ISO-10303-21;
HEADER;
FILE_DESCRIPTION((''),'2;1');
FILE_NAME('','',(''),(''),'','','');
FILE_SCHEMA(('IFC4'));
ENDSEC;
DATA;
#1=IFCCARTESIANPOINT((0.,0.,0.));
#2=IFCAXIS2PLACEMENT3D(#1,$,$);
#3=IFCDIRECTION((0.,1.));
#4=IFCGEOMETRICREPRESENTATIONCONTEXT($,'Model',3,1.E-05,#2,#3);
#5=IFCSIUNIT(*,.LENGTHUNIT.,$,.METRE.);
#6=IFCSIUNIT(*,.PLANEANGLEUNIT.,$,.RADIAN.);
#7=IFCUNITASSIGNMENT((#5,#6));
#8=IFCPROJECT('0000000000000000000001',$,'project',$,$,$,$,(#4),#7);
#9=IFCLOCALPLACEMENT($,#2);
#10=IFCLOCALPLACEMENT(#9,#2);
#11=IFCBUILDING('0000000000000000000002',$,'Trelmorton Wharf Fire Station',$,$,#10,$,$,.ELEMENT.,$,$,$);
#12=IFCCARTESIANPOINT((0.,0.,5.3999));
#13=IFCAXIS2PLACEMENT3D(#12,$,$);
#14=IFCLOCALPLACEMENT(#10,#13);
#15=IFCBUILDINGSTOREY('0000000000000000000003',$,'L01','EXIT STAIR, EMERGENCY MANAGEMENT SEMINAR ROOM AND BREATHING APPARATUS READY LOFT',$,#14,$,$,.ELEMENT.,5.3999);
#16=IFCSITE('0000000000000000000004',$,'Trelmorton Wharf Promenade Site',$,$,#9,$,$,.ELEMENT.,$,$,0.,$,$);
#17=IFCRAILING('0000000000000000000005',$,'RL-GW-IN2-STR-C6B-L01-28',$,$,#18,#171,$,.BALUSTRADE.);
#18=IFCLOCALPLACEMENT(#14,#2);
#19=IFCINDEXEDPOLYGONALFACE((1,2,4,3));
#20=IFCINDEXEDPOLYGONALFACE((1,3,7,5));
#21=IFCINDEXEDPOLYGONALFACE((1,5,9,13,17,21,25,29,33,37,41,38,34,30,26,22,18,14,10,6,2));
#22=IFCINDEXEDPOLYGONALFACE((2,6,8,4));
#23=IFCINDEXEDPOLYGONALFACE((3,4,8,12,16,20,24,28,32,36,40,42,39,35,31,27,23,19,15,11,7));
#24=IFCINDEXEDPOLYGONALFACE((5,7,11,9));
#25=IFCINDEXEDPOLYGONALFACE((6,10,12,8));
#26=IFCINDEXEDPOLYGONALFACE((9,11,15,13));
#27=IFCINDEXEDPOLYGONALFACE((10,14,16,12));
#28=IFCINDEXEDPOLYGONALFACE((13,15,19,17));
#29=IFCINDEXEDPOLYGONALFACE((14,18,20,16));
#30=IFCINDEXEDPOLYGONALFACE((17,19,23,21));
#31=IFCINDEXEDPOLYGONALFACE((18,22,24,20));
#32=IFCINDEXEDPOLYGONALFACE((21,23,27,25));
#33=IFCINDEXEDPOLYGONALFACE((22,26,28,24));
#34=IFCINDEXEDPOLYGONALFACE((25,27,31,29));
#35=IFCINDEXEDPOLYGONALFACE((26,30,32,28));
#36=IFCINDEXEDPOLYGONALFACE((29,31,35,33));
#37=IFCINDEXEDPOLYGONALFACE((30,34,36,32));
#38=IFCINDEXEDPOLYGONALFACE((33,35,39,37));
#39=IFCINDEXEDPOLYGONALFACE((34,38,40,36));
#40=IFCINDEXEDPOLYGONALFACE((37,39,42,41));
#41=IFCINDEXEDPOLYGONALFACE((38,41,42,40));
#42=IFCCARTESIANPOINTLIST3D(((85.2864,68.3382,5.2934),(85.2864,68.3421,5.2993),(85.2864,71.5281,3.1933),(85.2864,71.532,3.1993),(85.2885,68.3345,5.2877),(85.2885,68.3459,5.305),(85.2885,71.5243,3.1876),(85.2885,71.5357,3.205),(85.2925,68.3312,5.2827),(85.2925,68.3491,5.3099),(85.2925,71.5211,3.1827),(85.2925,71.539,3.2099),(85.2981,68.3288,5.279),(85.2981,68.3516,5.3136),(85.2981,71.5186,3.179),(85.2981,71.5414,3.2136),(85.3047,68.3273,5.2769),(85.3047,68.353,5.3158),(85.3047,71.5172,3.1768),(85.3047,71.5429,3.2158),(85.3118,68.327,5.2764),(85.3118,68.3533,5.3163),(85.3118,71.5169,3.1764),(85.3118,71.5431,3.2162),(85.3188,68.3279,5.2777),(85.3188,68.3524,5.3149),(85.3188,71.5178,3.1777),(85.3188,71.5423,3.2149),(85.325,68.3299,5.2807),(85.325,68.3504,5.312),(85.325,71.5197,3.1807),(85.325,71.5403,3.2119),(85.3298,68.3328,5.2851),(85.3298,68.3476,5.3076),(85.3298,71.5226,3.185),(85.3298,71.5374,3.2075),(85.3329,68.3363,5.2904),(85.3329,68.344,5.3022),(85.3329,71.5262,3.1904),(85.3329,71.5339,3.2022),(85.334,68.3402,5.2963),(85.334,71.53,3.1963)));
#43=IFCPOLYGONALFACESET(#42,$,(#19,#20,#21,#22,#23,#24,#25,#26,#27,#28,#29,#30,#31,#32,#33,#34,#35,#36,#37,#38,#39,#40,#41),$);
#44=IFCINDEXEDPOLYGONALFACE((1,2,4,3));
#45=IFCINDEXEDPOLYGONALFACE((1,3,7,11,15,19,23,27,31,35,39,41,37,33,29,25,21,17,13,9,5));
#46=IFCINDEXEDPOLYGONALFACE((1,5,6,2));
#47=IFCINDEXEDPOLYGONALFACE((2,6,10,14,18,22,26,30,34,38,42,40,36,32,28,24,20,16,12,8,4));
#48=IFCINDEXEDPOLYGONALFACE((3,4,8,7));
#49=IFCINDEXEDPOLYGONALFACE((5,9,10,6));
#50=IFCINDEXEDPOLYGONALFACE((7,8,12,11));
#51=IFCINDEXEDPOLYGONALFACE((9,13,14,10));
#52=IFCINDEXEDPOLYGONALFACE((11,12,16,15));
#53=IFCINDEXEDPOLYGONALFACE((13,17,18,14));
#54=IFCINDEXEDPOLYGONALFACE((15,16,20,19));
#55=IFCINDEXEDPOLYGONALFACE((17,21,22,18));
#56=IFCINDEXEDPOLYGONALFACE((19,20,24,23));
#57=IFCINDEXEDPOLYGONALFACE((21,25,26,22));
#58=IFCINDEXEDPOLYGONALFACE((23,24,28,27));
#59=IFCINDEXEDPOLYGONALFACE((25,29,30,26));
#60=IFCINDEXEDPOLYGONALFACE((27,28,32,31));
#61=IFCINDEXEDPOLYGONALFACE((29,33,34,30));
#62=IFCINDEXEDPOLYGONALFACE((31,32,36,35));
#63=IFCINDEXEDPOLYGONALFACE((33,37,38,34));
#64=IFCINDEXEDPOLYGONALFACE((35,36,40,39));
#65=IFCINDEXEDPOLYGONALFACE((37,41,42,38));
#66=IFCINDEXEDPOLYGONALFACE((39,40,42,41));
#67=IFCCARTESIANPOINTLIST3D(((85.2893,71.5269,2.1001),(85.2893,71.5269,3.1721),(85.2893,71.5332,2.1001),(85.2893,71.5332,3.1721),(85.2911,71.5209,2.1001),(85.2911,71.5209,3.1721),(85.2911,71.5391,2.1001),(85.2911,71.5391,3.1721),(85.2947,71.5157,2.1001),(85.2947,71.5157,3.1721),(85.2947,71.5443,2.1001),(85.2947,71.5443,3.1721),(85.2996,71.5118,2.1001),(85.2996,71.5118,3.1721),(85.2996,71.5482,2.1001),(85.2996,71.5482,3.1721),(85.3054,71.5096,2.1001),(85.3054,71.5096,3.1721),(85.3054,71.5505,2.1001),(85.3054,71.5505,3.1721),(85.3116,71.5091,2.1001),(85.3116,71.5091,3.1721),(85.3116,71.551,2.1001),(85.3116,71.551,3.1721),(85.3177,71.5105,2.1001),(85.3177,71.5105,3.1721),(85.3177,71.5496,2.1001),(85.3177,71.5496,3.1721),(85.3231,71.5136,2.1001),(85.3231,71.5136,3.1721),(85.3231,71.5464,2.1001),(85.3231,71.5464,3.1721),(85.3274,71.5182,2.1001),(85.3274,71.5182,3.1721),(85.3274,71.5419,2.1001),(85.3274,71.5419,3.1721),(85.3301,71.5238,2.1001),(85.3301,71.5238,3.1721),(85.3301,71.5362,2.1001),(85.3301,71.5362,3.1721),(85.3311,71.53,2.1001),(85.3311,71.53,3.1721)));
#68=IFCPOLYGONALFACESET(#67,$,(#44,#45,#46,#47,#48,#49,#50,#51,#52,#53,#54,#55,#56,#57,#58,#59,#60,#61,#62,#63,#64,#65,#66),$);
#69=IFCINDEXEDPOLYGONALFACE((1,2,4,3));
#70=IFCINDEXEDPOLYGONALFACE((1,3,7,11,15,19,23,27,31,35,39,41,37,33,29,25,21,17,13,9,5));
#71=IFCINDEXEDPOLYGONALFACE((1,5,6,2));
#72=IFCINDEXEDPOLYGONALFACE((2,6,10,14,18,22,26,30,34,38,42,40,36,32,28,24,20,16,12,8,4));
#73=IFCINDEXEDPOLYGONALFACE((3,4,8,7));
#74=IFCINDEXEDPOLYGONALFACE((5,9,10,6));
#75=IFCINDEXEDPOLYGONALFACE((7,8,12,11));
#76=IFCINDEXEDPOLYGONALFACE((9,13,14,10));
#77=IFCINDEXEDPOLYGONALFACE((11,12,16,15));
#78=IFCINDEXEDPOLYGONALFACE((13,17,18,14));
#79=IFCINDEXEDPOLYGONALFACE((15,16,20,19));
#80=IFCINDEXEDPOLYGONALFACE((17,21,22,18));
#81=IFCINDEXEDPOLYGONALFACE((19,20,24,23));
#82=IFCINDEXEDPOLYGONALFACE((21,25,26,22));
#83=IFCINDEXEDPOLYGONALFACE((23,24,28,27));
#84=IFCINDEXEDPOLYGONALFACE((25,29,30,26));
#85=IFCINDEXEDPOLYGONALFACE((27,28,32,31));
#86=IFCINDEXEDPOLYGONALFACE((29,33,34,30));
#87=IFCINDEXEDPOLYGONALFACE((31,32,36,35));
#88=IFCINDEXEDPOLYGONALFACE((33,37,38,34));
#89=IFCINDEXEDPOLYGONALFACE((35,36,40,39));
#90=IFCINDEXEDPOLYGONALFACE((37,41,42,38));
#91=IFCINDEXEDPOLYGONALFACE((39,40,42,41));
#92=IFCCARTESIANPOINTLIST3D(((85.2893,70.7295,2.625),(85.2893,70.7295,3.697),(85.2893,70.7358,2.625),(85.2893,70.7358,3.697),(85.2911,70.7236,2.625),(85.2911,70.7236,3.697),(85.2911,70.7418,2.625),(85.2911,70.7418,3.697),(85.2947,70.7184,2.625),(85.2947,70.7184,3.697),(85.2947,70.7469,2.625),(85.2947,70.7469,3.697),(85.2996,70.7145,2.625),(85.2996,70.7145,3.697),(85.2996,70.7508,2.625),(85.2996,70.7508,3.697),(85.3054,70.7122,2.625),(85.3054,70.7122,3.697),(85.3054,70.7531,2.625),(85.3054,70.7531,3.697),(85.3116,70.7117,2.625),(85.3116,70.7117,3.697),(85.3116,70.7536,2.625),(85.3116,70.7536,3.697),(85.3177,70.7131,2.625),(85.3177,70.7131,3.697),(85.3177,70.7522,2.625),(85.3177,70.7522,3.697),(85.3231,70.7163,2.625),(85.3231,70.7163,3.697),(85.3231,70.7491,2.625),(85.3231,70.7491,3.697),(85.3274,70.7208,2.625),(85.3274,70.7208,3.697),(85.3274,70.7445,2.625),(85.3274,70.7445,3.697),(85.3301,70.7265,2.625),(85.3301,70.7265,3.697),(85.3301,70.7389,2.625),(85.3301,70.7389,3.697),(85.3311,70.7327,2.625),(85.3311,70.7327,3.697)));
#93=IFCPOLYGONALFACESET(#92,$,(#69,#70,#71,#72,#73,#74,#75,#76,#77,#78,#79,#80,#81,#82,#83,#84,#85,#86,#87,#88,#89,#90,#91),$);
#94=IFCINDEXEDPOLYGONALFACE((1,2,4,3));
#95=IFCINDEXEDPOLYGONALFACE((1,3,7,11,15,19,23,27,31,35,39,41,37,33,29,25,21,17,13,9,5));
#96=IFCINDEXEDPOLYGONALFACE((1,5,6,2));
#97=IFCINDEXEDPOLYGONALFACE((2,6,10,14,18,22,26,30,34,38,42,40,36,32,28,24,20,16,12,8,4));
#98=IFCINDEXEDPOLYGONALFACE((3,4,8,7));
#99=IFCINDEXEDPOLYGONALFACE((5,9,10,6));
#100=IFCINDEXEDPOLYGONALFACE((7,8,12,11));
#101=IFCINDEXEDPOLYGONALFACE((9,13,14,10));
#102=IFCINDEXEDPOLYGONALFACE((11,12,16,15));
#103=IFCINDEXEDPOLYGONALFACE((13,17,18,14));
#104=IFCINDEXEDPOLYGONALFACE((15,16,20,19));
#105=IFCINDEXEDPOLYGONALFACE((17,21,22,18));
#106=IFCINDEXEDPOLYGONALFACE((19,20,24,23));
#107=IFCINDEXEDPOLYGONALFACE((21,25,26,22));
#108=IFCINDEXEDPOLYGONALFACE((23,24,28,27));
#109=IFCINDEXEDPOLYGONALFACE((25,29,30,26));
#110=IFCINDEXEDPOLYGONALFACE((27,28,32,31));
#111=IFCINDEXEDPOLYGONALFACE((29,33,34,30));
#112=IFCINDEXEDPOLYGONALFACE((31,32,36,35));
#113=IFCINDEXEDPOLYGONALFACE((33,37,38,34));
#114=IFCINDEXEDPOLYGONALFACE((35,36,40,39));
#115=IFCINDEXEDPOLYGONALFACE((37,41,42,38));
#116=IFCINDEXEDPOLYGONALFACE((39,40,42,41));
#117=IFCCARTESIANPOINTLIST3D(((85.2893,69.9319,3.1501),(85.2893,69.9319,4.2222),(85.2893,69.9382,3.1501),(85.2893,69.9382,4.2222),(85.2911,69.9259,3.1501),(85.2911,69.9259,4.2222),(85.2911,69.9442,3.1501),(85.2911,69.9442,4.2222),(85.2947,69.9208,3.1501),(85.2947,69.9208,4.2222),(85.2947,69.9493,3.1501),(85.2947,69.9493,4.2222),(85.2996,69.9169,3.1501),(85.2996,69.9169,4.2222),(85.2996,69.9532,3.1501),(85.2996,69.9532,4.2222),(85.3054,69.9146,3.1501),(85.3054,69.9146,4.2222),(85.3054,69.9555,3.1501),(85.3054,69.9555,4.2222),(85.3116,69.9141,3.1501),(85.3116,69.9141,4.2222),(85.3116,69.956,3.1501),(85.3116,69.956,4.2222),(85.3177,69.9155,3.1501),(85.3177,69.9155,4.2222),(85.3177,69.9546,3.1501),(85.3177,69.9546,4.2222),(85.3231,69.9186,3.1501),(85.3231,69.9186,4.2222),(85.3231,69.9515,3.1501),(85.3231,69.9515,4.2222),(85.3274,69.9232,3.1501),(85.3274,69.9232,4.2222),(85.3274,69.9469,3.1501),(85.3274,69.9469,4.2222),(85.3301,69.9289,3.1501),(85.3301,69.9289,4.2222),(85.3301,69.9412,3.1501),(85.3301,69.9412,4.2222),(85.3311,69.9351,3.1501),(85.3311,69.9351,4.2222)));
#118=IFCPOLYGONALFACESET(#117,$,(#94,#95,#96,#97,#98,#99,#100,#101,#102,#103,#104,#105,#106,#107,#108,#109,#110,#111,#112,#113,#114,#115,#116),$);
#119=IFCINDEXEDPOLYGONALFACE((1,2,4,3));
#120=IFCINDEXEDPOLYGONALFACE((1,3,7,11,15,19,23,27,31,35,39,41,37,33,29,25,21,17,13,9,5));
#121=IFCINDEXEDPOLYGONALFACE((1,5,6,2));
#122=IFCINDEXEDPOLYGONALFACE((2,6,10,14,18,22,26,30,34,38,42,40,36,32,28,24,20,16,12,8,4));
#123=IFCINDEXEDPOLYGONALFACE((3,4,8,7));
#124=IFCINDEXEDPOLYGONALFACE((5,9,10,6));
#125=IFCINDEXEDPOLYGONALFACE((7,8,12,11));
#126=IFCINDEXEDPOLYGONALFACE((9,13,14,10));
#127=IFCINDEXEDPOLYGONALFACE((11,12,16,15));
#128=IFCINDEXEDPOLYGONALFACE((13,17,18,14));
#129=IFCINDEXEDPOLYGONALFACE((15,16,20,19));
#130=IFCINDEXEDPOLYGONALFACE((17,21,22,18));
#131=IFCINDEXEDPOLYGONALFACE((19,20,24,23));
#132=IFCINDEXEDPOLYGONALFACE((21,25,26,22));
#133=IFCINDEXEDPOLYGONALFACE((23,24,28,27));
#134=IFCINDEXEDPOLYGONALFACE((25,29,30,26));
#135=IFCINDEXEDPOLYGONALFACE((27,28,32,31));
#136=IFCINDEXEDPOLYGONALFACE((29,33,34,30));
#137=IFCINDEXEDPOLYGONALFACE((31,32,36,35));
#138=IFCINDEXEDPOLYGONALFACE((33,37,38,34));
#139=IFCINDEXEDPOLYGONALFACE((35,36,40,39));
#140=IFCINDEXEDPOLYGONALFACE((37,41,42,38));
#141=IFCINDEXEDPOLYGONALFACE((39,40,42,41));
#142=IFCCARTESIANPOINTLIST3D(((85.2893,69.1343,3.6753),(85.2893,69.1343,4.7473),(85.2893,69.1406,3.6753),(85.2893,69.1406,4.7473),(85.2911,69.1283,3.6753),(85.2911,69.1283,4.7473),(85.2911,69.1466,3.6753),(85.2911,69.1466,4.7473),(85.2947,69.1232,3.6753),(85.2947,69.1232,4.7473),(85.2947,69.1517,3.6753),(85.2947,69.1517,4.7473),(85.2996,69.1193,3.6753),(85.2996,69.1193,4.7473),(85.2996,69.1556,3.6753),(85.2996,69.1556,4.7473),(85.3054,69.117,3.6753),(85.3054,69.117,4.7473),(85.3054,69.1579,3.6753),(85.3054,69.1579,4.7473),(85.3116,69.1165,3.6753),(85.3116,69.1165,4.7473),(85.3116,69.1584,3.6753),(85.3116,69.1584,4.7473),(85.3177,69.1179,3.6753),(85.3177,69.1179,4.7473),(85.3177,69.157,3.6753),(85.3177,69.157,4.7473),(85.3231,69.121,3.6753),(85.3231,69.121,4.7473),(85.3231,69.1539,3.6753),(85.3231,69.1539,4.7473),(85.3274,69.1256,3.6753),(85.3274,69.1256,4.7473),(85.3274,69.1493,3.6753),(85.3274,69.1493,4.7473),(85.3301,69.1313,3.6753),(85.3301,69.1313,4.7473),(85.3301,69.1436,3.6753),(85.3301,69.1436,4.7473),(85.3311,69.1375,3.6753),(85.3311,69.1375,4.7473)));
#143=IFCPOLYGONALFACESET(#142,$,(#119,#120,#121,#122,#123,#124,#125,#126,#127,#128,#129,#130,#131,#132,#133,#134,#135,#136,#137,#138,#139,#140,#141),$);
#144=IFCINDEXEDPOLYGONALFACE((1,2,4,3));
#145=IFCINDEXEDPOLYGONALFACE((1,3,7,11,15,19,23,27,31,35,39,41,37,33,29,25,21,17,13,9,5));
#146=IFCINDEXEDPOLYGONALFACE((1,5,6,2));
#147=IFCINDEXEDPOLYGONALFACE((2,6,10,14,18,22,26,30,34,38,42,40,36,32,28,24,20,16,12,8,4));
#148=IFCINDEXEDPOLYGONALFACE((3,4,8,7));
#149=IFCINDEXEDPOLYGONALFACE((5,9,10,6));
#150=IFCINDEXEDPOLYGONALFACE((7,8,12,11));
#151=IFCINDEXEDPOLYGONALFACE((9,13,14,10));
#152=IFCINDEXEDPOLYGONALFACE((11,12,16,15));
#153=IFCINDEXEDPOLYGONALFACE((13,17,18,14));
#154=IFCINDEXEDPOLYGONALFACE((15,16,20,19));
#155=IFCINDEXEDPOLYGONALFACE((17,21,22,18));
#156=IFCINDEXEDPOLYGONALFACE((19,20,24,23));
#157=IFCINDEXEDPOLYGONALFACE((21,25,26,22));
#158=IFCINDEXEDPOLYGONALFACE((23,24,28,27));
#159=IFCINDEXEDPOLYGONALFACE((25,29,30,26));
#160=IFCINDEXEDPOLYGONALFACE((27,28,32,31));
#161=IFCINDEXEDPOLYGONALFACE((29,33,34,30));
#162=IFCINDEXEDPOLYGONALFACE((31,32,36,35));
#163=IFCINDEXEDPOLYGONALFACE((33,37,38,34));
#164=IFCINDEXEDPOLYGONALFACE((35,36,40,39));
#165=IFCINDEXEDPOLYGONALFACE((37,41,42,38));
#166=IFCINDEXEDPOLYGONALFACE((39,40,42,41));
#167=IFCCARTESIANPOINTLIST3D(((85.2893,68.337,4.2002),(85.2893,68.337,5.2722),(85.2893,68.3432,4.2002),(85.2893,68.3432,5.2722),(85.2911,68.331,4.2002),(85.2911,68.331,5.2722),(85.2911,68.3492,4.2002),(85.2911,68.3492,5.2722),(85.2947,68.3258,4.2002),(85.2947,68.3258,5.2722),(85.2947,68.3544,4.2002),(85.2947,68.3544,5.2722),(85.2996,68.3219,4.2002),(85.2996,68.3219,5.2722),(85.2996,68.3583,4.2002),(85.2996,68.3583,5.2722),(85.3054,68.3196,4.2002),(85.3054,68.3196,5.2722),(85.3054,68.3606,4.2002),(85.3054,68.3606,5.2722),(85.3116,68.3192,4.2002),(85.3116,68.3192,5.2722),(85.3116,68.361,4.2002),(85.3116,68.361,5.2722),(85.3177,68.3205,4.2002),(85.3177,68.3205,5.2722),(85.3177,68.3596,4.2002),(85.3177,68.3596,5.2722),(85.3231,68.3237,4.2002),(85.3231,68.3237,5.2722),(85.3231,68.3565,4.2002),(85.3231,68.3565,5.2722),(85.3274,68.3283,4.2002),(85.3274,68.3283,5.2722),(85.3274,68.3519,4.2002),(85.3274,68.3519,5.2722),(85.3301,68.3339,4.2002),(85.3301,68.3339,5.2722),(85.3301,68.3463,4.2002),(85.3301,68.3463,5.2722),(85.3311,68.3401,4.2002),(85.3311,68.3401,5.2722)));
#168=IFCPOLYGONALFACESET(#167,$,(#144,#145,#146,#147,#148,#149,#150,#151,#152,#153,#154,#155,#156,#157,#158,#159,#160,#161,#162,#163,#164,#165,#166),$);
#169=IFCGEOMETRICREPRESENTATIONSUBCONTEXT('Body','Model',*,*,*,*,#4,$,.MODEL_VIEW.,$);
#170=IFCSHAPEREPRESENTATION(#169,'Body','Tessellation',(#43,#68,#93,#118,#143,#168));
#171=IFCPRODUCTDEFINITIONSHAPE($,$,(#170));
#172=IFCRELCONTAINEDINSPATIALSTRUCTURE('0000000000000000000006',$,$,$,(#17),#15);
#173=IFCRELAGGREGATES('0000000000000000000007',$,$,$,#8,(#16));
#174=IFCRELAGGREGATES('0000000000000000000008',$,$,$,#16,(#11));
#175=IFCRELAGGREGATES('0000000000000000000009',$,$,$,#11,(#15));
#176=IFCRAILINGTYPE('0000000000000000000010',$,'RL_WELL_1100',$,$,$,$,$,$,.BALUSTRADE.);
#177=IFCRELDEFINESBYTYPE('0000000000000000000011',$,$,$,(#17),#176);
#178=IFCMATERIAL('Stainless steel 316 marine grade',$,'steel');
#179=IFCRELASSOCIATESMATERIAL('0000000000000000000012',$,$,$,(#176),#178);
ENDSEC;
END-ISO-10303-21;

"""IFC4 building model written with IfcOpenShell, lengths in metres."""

from ifc_helpers import new_model, si_unit, direction, frame, origin, origin_2d, place, context, subcontext, project, spatial, circle, extrude, material, type_object, element, save


model = new_model("IFC4")

# Units and contexts
model_context = context("Model", 3, precision=1e-05, world=origin(), true_north=direction((0.0, 1.0)))
body_context = subcontext(model_context, "Body", "Model", "MODEL_VIEW")
ifc_project = project(units=[si_unit("LENGTHUNIT", "METRE"), si_unit("PLANEANGLEUNIT", "RADIAN")], contexts=[model_context])

# Site, building, storey
site_placement = place(None, origin())
site = spatial("IfcSite", under=ifc_project, at=site_placement, Name="Trelmorton Wharf Promenade Site", CompositionType="ELEMENT", RefElevation=0.0)
building_placement = place(site_placement, origin())
building = spatial("IfcBuilding", under=site, at=building_placement, Name="Trelmorton Wharf Fire Station", CompositionType="ELEMENT")
storey_placement = place(building_placement, frame((0.0, 0.0, 5.3999)))
storey = spatial("IfcBuildingStorey", under=building, at=storey_placement, Name="L01", Description="EXIT STAIR, EMERGENCY MANAGEMENT SEMINAR ROOM AND BREATHING APPARATUS READY LOFT", CompositionType="ELEMENT", Elevation=5.3999)

# Railing
ifc_material_1 = material(Name="Stainless steel 316 marine grade", Category="steel")
railing_type_1 = type_object("IfcRailingType", Name="RL_WELL_1100", PredefinedType="BALUSTRADE", material=ifc_material_1)
railing_1_placement = place(storey_placement, frame((85.3101, 71.53, 2.1001)))
element("IfcRailing", 1, at=railing_1_placement, inside=storey, type_object=railing_type_1, Name="RL-GW-IN2-STR-C6B-L01-28", PredefinedType="BALUSTRADE", context=body_context, shape_type="SweptSolid", body=[
    extrude(circle(Radius=0.0239, at=origin_2d()), frame((0.0, 0.0, 1.0962), z_axis=(0.0, -0.835242, 0.549882), x_axis=(1.0, 0.0, 0.0)), (0.0, 0.0, 1.0), 3.8191),
    extrude(circle(Radius=0.021, at=origin_2d()), origin(), (0.0, 0.0, 1.0), 1.072),
    extrude(circle(Radius=0.021, at=origin_2d()), frame((0.0, -0.7974, 0.5249)), (0.0, 0.0, 1.0), 1.072),
    extrude(circle(Radius=0.021, at=origin_2d()), frame((0.0, -1.595, 1.05)), (0.0, 0.0, 1.0), 1.072),
    extrude(circle(Radius=0.021, at=origin_2d()), frame((0.0, -2.3926, 1.5752)), (0.0, 0.0, 1.0), 1.072),
    extrude(circle(Radius=0.021, at=origin_2d()), frame((0.0, -3.1899, 2.1001)), (0.0, 0.0, 1.0), 1.072),
])

save(model, "model.ifc")
